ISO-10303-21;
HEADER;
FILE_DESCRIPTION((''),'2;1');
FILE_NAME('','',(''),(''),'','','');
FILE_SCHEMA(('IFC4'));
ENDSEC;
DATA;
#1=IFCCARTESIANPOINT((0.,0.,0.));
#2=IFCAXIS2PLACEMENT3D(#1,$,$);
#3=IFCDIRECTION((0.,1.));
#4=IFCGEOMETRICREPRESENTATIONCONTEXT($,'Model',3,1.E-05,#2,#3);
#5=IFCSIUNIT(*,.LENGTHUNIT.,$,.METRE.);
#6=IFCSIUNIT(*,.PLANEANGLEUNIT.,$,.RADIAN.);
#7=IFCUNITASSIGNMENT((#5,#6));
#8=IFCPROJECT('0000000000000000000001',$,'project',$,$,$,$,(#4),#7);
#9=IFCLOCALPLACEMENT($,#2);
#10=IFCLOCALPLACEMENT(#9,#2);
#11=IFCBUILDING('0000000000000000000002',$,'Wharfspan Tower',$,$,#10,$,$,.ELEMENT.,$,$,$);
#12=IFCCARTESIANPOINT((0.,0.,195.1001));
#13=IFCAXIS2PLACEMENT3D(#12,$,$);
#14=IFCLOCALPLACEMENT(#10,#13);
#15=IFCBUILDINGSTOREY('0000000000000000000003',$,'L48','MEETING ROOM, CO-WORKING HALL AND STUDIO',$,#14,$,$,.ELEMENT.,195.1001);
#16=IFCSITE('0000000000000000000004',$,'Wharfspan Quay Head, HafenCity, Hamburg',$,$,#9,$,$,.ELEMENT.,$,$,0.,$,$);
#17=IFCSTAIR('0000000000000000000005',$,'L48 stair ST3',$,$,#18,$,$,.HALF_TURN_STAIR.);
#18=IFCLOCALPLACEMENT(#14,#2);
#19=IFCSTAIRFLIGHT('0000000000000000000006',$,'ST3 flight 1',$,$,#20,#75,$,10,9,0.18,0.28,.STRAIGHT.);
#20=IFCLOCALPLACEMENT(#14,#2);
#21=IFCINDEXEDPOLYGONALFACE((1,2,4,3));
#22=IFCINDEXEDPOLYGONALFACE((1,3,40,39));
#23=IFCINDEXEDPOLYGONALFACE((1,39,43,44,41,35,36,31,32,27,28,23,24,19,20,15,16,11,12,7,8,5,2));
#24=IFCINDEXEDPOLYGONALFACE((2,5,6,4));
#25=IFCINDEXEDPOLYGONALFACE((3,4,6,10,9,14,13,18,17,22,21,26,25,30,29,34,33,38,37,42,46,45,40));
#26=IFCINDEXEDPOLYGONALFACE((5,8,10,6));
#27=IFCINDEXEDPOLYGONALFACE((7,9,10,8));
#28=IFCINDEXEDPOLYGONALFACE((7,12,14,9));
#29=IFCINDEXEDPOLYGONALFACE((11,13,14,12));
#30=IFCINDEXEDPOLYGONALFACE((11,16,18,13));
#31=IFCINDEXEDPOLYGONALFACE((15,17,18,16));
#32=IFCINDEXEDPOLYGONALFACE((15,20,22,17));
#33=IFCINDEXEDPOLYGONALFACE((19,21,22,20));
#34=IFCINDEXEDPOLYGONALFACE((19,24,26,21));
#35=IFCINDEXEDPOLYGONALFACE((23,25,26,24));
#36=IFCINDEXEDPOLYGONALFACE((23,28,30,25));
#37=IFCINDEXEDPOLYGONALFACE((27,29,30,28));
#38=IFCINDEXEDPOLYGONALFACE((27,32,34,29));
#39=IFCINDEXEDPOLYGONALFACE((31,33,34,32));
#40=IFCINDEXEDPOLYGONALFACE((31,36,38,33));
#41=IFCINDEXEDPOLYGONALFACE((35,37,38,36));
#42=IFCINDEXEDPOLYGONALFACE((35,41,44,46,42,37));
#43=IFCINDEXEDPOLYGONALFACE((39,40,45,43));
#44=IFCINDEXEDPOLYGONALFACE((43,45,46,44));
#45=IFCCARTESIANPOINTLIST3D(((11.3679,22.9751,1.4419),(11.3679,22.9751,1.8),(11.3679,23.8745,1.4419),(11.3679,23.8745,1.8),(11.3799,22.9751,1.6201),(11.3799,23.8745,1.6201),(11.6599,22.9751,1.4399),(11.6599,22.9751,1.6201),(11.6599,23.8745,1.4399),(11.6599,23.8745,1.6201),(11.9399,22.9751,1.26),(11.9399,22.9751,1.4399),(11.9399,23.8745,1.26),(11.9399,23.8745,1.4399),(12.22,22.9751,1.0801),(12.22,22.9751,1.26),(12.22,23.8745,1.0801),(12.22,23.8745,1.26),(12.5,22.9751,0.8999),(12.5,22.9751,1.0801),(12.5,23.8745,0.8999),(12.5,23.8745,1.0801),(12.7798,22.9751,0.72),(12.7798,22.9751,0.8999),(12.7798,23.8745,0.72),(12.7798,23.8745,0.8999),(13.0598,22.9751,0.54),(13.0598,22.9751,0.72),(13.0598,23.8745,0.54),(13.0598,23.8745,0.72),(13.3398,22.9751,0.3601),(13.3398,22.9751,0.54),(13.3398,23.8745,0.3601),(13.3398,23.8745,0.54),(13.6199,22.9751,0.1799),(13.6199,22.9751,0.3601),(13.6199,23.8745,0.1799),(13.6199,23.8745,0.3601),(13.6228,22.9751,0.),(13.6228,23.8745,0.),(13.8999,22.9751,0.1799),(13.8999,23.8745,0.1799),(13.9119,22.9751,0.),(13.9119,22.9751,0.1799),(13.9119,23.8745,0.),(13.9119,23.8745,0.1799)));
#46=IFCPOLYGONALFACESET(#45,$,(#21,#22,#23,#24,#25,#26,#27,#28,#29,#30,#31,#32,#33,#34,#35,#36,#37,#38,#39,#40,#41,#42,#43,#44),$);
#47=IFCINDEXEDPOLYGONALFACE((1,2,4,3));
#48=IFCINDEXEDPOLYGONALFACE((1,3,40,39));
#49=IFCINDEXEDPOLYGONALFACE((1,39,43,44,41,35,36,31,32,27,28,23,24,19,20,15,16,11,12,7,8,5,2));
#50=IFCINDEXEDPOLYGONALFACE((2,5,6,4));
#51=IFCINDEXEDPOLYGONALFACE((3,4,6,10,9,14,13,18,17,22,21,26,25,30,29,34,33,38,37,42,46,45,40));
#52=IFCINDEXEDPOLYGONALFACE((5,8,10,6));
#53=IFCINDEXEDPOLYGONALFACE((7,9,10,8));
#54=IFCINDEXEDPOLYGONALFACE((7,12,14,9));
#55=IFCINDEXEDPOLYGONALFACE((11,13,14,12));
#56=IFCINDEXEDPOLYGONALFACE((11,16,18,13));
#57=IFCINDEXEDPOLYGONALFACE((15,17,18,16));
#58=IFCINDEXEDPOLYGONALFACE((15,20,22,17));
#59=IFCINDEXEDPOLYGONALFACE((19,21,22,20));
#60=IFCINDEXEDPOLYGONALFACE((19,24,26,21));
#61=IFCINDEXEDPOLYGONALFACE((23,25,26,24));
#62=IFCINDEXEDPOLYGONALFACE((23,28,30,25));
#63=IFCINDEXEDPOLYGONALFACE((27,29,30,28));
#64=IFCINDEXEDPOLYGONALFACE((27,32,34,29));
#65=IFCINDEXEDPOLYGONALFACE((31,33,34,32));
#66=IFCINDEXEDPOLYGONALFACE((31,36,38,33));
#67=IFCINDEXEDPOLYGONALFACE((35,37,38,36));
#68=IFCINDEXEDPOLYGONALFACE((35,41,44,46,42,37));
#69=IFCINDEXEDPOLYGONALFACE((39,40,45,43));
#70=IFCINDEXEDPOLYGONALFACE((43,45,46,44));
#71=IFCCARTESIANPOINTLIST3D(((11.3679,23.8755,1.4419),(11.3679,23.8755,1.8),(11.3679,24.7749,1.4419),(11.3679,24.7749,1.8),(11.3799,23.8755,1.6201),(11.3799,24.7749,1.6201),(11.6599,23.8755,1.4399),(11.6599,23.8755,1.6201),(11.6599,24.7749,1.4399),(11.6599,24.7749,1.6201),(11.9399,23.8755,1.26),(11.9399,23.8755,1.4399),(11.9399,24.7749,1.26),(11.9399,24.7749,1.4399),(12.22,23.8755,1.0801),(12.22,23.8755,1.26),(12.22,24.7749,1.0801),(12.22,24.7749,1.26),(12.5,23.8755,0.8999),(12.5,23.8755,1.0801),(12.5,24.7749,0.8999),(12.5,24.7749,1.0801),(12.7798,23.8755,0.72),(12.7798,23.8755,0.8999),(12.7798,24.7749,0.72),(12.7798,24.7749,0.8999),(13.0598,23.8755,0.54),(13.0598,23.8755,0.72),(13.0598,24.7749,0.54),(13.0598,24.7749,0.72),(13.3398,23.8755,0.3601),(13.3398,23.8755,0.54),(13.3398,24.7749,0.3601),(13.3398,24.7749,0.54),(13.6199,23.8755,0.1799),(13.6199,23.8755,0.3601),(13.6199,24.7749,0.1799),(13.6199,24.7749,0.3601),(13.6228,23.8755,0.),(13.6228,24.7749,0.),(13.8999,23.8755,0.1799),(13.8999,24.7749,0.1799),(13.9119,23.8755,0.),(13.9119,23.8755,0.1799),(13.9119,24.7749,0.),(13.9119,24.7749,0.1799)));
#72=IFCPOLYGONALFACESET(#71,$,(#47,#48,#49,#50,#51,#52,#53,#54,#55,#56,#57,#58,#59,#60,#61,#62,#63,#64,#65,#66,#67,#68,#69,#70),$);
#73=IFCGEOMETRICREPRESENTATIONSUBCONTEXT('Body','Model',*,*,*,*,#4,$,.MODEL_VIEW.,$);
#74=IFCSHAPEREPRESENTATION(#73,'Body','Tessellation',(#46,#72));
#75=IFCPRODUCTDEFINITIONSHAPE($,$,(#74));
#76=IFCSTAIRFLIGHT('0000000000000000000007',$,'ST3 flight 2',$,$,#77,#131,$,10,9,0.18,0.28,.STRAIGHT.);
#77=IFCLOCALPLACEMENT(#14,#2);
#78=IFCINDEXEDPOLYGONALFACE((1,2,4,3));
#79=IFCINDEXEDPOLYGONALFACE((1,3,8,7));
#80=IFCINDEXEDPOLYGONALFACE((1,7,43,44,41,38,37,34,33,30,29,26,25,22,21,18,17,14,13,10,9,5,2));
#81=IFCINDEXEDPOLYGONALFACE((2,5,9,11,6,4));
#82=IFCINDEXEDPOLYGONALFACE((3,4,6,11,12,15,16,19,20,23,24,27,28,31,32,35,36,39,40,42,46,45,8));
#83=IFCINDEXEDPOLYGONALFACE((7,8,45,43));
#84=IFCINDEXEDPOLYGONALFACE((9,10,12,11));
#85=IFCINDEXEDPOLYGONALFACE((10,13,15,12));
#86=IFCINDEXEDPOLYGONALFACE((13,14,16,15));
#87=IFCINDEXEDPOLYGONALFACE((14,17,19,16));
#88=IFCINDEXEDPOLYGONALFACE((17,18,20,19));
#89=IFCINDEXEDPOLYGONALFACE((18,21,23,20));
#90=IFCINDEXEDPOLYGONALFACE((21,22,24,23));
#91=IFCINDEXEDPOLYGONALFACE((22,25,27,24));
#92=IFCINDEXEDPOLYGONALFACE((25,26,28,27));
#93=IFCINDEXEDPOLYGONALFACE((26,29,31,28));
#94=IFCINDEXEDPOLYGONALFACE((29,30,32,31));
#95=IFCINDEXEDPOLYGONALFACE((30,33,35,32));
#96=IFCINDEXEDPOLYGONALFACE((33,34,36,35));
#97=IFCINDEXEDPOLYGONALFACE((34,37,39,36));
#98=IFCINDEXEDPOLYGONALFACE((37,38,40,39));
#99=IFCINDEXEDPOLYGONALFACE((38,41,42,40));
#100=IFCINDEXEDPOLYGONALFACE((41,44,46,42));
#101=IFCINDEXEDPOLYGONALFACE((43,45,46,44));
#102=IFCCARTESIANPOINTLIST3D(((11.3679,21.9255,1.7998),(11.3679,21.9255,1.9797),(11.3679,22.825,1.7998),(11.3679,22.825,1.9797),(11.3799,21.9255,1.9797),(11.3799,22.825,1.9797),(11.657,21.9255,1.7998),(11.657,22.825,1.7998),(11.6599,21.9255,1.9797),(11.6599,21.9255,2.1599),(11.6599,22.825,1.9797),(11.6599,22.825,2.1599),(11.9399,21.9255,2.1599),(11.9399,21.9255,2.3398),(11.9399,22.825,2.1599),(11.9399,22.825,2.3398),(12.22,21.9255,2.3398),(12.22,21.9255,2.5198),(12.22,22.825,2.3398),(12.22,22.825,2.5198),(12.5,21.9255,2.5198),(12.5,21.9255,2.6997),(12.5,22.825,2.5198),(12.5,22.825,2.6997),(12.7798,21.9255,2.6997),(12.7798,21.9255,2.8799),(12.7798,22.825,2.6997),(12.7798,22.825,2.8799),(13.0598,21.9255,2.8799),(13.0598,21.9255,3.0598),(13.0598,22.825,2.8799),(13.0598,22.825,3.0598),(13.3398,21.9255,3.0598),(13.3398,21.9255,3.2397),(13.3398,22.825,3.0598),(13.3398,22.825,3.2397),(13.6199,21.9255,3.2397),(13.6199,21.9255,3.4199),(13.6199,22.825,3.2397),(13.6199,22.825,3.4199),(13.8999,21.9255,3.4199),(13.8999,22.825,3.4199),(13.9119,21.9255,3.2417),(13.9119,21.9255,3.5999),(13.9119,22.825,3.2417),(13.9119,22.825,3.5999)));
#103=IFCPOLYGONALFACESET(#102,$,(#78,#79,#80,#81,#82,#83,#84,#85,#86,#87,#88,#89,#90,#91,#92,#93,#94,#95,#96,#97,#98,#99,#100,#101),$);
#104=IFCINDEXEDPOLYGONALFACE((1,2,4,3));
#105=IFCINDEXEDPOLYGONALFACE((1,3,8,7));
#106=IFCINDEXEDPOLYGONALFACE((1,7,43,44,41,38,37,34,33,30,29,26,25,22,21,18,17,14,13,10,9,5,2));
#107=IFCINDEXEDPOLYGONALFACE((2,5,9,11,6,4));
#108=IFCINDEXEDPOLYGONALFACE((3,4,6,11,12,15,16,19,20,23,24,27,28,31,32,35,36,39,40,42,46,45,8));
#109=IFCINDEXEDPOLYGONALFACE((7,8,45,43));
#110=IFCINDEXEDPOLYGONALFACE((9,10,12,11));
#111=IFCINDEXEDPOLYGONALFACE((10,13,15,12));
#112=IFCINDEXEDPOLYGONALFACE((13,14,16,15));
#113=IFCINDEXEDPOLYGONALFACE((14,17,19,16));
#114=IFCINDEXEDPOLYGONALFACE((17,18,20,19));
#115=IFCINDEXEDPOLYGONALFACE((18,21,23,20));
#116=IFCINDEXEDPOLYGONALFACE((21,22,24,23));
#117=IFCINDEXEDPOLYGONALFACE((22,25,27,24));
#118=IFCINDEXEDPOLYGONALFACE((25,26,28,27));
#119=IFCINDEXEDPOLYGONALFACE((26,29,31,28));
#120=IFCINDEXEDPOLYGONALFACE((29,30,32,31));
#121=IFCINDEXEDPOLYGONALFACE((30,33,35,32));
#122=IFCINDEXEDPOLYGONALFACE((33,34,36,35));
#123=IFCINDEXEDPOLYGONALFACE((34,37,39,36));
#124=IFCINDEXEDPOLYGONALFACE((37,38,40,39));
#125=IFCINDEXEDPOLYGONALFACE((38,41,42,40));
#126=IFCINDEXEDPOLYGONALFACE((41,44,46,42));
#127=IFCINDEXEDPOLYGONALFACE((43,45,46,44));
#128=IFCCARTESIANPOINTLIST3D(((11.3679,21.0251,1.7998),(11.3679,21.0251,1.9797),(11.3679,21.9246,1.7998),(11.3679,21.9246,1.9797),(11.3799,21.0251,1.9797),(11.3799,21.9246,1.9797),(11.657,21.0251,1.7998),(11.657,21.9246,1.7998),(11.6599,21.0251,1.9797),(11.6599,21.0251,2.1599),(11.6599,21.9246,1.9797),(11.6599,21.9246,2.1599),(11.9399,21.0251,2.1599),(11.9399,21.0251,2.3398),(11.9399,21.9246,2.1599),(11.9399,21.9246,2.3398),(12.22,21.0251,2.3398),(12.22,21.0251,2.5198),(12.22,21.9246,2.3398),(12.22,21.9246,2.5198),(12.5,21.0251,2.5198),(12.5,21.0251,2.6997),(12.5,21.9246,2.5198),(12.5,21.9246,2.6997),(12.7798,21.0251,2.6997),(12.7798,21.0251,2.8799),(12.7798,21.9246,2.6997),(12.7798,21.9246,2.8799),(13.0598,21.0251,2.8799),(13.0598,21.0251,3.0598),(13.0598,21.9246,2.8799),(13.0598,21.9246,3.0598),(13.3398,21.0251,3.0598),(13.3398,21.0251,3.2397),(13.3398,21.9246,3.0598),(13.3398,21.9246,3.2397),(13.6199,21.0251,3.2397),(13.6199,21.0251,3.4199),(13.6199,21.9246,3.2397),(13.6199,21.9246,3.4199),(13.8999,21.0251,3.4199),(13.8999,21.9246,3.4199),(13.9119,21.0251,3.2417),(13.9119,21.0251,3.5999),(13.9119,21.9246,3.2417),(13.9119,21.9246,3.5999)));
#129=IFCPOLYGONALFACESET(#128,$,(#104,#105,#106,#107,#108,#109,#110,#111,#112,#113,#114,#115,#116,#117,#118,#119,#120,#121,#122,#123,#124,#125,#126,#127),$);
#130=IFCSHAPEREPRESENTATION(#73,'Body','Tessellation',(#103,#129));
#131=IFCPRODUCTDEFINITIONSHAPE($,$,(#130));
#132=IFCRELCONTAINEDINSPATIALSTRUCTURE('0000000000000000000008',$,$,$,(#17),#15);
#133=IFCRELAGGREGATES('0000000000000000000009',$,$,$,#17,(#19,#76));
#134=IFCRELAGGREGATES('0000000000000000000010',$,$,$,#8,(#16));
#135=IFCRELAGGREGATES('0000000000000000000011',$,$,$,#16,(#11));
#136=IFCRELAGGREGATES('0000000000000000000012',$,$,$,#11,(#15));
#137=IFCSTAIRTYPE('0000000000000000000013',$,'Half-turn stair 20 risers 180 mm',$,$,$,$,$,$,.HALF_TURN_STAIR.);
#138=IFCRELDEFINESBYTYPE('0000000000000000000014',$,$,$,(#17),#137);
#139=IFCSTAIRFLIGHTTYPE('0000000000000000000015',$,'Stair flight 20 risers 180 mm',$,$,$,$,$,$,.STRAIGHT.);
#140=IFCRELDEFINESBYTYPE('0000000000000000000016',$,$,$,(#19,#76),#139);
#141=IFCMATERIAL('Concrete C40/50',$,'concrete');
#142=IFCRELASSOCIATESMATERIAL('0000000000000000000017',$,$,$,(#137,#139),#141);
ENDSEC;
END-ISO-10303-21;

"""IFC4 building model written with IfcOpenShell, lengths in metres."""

from ifc_helpers import new_model, si_unit, direction, frame, origin, place, context, subcontext, project, spatial, polyline, outline, extrude, material, type_object, element, aggregate, save


model = new_model("IFC4")

# Units and contexts
model_context = context("Model", 3, precision=1e-05, world=origin(), true_north=direction((0.0, 1.0)))
body_context = subcontext(model_context, "Body", "Model", "MODEL_VIEW")
ifc_project = project(units=[si_unit("LENGTHUNIT", "METRE"), si_unit("PLANEANGLEUNIT", "RADIAN")], contexts=[model_context])

# Site, building, storey
site_placement = place(None, origin())
site = spatial("IfcSite", under=ifc_project, at=site_placement, Name="Wharfspan Quay Head, HafenCity, Hamburg", CompositionType="ELEMENT", RefElevation=0.0)
building_placement = place(site_placement, origin())
building = spatial("IfcBuilding", under=site, at=building_placement, Name="Wharfspan Tower", CompositionType="ELEMENT")
storey_placement = place(building_placement, frame((0.0, 0.0, 195.1001)))
storey = spatial("IfcBuildingStorey", under=building, at=storey_placement, Name="L48", Description="MEETING ROOM, CO-WORKING HALL AND STUDIO", CompositionType="ELEMENT", Elevation=195.1001)

# Shared definitions
ifc_material_1 = material(Name="Concrete C40/50", Category="concrete")

# Stair, stair flights
stair_type = type_object("IfcStairType", Name="Half-turn stair 20 risers 180 mm", PredefinedType="HALF_TURN_STAIR", material=ifc_material_1)
stair_placement = place(storey_placement, origin())
stair = element("IfcStair", 1, at=stair_placement, inside=storey, type_object=stair_type, Name="L48 stair ST3", PredefinedType="HALF_TURN_STAIR")
stair_flight_type = type_object("IfcStairFlightType", Name="Stair flight 20 risers 180 mm", PredefinedType="STRAIGHT", material=ifc_material_1)
stair_flight_1_placement = place(storey_placement, frame((13.8999, 23.875, 0.0), z_axis=(0.0, 0.0, 1.0), x_axis=(-1.0, 0.0, 0.0)))
stair_flight_1 = element("IfcStairFlight", 2, at=stair_flight_1_placement, type_object=stair_flight_type, Name="ST3 flight 1", NumberOfRisers=10, NumberOfTreads=9, PredefinedType="STRAIGHT", RiserHeight=0.18, TreadLength=0.28, context=body_context, shape_type="SweptSolid", body=[
    extrude(outline(polyline([(-0.012, 0.0), (-0.012, 0.1799), (0.0, 0.1799), (0.28, 0.1799), (0.28, 0.3601), (0.5601, 0.3601), (0.5601, 0.54), (0.8401, 0.54), (0.8401, 0.72), (1.1201, 0.72), (1.1201, 0.8999), (1.3999, 0.8999), (1.3999, 1.0801), (1.6799, 1.0801), (1.6799, 1.26), (1.96, 1.26), (1.96, 1.4399), (2.24, 1.4399), (2.24, 1.6201), (2.52, 1.6201), (2.532, 1.8), (2.532, 1.4419), (0.2771, 0.0), (-0.012, 0.0)])), frame((0.0, 0.8999, 0.0), z_axis=(0.0, -1.0, 0.0), x_axis=(1.0, 0.0, 0.0)), (0.0, 0.0, 1.0), 0.8994),
    extrude(outline(polyline([(-0.012, 0.0), (-0.012, 0.1799), (0.0, 0.1799), (0.28, 0.1799), (0.28, 0.3601), (0.5601, 0.3601), (0.5601, 0.54), (0.8401, 0.54), (0.8401, 0.72), (1.1201, 0.72), (1.1201, 0.8999), (1.3999, 0.8999), (1.3999, 1.0801), (1.6799, 1.0801), (1.6799, 1.26), (1.96, 1.26), (1.96, 1.4399), (2.24, 1.4399), (2.24, 1.6201), (2.52, 1.6201), (2.532, 1.8), (2.532, 1.4419), (0.2771, 0.0), (-0.012, 0.0)])), frame((0.0, -0.0005, 0.0), z_axis=(0.0, -1.0, 0.0), x_axis=(1.0, 0.0, 0.0)), (0.0, 0.0, 1.0), 0.8994),
])
stair_flight_2_placement = place(storey_placement, frame((11.3799, 21.925, 1.7998), z_axis=(0.0, 0.0, 1.0), x_axis=(1.0, 0.0, 0.0)))
stair_flight_2 = element("IfcStairFlight", 3, at=stair_flight_2_placement, type_object=stair_flight_type, Name="ST3 flight 2", NumberOfRisers=10, NumberOfTreads=9, PredefinedType="STRAIGHT", RiserHeight=0.18, TreadLength=0.28, context=body_context, shape_type="SweptSolid", body=[
    extrude(outline(polyline([(-0.012, 0.0), (-0.012, 0.1799), (0.0, 0.1799), (0.28, 0.1799), (0.28, 0.3601), (0.5601, 0.3601), (0.5601, 0.54), (0.8401, 0.54), (0.8401, 0.72), (1.1201, 0.72), (1.1201, 0.8999), (1.3999, 0.8999), (1.3999, 1.0801), (1.6799, 1.0801), (1.6799, 1.26), (1.96, 1.26), (1.96, 1.4399), (2.24, 1.4399), (2.24, 1.6201), (2.52, 1.6201), (2.532, 1.8), (2.532, 1.4419), (0.2771, 0.0), (-0.012, 0.0)])), frame((0.0, 0.8999, 0.0), z_axis=(0.0, -1.0, 0.0), x_axis=(1.0, 0.0, 0.0)), (0.0, 0.0, 1.0), 0.8994),
    extrude(outline(polyline([(-0.012, 0.0), (-0.012, 0.1799), (0.0, 0.1799), (0.28, 0.1799), (0.28, 0.3601), (0.5601, 0.3601), (0.5601, 0.54), (0.8401, 0.54), (0.8401, 0.72), (1.1201, 0.72), (1.1201, 0.8999), (1.3999, 0.8999), (1.3999, 1.0801), (1.6799, 1.0801), (1.6799, 1.26), (1.96, 1.26), (1.96, 1.4399), (2.24, 1.4399), (2.24, 1.6201), (2.52, 1.6201), (2.532, 1.8), (2.532, 1.4419), (0.2771, 0.0), (-0.012, 0.0)])), frame((0.0, -0.0005, 0.0), z_axis=(0.0, -1.0, 0.0), x_axis=(1.0, 0.0, 0.0)), (0.0, 0.0, 1.0), 0.8994),
])
aggregate(stair, [stair_flight_1, stair_flight_2])

save(model, "model.ifc")
